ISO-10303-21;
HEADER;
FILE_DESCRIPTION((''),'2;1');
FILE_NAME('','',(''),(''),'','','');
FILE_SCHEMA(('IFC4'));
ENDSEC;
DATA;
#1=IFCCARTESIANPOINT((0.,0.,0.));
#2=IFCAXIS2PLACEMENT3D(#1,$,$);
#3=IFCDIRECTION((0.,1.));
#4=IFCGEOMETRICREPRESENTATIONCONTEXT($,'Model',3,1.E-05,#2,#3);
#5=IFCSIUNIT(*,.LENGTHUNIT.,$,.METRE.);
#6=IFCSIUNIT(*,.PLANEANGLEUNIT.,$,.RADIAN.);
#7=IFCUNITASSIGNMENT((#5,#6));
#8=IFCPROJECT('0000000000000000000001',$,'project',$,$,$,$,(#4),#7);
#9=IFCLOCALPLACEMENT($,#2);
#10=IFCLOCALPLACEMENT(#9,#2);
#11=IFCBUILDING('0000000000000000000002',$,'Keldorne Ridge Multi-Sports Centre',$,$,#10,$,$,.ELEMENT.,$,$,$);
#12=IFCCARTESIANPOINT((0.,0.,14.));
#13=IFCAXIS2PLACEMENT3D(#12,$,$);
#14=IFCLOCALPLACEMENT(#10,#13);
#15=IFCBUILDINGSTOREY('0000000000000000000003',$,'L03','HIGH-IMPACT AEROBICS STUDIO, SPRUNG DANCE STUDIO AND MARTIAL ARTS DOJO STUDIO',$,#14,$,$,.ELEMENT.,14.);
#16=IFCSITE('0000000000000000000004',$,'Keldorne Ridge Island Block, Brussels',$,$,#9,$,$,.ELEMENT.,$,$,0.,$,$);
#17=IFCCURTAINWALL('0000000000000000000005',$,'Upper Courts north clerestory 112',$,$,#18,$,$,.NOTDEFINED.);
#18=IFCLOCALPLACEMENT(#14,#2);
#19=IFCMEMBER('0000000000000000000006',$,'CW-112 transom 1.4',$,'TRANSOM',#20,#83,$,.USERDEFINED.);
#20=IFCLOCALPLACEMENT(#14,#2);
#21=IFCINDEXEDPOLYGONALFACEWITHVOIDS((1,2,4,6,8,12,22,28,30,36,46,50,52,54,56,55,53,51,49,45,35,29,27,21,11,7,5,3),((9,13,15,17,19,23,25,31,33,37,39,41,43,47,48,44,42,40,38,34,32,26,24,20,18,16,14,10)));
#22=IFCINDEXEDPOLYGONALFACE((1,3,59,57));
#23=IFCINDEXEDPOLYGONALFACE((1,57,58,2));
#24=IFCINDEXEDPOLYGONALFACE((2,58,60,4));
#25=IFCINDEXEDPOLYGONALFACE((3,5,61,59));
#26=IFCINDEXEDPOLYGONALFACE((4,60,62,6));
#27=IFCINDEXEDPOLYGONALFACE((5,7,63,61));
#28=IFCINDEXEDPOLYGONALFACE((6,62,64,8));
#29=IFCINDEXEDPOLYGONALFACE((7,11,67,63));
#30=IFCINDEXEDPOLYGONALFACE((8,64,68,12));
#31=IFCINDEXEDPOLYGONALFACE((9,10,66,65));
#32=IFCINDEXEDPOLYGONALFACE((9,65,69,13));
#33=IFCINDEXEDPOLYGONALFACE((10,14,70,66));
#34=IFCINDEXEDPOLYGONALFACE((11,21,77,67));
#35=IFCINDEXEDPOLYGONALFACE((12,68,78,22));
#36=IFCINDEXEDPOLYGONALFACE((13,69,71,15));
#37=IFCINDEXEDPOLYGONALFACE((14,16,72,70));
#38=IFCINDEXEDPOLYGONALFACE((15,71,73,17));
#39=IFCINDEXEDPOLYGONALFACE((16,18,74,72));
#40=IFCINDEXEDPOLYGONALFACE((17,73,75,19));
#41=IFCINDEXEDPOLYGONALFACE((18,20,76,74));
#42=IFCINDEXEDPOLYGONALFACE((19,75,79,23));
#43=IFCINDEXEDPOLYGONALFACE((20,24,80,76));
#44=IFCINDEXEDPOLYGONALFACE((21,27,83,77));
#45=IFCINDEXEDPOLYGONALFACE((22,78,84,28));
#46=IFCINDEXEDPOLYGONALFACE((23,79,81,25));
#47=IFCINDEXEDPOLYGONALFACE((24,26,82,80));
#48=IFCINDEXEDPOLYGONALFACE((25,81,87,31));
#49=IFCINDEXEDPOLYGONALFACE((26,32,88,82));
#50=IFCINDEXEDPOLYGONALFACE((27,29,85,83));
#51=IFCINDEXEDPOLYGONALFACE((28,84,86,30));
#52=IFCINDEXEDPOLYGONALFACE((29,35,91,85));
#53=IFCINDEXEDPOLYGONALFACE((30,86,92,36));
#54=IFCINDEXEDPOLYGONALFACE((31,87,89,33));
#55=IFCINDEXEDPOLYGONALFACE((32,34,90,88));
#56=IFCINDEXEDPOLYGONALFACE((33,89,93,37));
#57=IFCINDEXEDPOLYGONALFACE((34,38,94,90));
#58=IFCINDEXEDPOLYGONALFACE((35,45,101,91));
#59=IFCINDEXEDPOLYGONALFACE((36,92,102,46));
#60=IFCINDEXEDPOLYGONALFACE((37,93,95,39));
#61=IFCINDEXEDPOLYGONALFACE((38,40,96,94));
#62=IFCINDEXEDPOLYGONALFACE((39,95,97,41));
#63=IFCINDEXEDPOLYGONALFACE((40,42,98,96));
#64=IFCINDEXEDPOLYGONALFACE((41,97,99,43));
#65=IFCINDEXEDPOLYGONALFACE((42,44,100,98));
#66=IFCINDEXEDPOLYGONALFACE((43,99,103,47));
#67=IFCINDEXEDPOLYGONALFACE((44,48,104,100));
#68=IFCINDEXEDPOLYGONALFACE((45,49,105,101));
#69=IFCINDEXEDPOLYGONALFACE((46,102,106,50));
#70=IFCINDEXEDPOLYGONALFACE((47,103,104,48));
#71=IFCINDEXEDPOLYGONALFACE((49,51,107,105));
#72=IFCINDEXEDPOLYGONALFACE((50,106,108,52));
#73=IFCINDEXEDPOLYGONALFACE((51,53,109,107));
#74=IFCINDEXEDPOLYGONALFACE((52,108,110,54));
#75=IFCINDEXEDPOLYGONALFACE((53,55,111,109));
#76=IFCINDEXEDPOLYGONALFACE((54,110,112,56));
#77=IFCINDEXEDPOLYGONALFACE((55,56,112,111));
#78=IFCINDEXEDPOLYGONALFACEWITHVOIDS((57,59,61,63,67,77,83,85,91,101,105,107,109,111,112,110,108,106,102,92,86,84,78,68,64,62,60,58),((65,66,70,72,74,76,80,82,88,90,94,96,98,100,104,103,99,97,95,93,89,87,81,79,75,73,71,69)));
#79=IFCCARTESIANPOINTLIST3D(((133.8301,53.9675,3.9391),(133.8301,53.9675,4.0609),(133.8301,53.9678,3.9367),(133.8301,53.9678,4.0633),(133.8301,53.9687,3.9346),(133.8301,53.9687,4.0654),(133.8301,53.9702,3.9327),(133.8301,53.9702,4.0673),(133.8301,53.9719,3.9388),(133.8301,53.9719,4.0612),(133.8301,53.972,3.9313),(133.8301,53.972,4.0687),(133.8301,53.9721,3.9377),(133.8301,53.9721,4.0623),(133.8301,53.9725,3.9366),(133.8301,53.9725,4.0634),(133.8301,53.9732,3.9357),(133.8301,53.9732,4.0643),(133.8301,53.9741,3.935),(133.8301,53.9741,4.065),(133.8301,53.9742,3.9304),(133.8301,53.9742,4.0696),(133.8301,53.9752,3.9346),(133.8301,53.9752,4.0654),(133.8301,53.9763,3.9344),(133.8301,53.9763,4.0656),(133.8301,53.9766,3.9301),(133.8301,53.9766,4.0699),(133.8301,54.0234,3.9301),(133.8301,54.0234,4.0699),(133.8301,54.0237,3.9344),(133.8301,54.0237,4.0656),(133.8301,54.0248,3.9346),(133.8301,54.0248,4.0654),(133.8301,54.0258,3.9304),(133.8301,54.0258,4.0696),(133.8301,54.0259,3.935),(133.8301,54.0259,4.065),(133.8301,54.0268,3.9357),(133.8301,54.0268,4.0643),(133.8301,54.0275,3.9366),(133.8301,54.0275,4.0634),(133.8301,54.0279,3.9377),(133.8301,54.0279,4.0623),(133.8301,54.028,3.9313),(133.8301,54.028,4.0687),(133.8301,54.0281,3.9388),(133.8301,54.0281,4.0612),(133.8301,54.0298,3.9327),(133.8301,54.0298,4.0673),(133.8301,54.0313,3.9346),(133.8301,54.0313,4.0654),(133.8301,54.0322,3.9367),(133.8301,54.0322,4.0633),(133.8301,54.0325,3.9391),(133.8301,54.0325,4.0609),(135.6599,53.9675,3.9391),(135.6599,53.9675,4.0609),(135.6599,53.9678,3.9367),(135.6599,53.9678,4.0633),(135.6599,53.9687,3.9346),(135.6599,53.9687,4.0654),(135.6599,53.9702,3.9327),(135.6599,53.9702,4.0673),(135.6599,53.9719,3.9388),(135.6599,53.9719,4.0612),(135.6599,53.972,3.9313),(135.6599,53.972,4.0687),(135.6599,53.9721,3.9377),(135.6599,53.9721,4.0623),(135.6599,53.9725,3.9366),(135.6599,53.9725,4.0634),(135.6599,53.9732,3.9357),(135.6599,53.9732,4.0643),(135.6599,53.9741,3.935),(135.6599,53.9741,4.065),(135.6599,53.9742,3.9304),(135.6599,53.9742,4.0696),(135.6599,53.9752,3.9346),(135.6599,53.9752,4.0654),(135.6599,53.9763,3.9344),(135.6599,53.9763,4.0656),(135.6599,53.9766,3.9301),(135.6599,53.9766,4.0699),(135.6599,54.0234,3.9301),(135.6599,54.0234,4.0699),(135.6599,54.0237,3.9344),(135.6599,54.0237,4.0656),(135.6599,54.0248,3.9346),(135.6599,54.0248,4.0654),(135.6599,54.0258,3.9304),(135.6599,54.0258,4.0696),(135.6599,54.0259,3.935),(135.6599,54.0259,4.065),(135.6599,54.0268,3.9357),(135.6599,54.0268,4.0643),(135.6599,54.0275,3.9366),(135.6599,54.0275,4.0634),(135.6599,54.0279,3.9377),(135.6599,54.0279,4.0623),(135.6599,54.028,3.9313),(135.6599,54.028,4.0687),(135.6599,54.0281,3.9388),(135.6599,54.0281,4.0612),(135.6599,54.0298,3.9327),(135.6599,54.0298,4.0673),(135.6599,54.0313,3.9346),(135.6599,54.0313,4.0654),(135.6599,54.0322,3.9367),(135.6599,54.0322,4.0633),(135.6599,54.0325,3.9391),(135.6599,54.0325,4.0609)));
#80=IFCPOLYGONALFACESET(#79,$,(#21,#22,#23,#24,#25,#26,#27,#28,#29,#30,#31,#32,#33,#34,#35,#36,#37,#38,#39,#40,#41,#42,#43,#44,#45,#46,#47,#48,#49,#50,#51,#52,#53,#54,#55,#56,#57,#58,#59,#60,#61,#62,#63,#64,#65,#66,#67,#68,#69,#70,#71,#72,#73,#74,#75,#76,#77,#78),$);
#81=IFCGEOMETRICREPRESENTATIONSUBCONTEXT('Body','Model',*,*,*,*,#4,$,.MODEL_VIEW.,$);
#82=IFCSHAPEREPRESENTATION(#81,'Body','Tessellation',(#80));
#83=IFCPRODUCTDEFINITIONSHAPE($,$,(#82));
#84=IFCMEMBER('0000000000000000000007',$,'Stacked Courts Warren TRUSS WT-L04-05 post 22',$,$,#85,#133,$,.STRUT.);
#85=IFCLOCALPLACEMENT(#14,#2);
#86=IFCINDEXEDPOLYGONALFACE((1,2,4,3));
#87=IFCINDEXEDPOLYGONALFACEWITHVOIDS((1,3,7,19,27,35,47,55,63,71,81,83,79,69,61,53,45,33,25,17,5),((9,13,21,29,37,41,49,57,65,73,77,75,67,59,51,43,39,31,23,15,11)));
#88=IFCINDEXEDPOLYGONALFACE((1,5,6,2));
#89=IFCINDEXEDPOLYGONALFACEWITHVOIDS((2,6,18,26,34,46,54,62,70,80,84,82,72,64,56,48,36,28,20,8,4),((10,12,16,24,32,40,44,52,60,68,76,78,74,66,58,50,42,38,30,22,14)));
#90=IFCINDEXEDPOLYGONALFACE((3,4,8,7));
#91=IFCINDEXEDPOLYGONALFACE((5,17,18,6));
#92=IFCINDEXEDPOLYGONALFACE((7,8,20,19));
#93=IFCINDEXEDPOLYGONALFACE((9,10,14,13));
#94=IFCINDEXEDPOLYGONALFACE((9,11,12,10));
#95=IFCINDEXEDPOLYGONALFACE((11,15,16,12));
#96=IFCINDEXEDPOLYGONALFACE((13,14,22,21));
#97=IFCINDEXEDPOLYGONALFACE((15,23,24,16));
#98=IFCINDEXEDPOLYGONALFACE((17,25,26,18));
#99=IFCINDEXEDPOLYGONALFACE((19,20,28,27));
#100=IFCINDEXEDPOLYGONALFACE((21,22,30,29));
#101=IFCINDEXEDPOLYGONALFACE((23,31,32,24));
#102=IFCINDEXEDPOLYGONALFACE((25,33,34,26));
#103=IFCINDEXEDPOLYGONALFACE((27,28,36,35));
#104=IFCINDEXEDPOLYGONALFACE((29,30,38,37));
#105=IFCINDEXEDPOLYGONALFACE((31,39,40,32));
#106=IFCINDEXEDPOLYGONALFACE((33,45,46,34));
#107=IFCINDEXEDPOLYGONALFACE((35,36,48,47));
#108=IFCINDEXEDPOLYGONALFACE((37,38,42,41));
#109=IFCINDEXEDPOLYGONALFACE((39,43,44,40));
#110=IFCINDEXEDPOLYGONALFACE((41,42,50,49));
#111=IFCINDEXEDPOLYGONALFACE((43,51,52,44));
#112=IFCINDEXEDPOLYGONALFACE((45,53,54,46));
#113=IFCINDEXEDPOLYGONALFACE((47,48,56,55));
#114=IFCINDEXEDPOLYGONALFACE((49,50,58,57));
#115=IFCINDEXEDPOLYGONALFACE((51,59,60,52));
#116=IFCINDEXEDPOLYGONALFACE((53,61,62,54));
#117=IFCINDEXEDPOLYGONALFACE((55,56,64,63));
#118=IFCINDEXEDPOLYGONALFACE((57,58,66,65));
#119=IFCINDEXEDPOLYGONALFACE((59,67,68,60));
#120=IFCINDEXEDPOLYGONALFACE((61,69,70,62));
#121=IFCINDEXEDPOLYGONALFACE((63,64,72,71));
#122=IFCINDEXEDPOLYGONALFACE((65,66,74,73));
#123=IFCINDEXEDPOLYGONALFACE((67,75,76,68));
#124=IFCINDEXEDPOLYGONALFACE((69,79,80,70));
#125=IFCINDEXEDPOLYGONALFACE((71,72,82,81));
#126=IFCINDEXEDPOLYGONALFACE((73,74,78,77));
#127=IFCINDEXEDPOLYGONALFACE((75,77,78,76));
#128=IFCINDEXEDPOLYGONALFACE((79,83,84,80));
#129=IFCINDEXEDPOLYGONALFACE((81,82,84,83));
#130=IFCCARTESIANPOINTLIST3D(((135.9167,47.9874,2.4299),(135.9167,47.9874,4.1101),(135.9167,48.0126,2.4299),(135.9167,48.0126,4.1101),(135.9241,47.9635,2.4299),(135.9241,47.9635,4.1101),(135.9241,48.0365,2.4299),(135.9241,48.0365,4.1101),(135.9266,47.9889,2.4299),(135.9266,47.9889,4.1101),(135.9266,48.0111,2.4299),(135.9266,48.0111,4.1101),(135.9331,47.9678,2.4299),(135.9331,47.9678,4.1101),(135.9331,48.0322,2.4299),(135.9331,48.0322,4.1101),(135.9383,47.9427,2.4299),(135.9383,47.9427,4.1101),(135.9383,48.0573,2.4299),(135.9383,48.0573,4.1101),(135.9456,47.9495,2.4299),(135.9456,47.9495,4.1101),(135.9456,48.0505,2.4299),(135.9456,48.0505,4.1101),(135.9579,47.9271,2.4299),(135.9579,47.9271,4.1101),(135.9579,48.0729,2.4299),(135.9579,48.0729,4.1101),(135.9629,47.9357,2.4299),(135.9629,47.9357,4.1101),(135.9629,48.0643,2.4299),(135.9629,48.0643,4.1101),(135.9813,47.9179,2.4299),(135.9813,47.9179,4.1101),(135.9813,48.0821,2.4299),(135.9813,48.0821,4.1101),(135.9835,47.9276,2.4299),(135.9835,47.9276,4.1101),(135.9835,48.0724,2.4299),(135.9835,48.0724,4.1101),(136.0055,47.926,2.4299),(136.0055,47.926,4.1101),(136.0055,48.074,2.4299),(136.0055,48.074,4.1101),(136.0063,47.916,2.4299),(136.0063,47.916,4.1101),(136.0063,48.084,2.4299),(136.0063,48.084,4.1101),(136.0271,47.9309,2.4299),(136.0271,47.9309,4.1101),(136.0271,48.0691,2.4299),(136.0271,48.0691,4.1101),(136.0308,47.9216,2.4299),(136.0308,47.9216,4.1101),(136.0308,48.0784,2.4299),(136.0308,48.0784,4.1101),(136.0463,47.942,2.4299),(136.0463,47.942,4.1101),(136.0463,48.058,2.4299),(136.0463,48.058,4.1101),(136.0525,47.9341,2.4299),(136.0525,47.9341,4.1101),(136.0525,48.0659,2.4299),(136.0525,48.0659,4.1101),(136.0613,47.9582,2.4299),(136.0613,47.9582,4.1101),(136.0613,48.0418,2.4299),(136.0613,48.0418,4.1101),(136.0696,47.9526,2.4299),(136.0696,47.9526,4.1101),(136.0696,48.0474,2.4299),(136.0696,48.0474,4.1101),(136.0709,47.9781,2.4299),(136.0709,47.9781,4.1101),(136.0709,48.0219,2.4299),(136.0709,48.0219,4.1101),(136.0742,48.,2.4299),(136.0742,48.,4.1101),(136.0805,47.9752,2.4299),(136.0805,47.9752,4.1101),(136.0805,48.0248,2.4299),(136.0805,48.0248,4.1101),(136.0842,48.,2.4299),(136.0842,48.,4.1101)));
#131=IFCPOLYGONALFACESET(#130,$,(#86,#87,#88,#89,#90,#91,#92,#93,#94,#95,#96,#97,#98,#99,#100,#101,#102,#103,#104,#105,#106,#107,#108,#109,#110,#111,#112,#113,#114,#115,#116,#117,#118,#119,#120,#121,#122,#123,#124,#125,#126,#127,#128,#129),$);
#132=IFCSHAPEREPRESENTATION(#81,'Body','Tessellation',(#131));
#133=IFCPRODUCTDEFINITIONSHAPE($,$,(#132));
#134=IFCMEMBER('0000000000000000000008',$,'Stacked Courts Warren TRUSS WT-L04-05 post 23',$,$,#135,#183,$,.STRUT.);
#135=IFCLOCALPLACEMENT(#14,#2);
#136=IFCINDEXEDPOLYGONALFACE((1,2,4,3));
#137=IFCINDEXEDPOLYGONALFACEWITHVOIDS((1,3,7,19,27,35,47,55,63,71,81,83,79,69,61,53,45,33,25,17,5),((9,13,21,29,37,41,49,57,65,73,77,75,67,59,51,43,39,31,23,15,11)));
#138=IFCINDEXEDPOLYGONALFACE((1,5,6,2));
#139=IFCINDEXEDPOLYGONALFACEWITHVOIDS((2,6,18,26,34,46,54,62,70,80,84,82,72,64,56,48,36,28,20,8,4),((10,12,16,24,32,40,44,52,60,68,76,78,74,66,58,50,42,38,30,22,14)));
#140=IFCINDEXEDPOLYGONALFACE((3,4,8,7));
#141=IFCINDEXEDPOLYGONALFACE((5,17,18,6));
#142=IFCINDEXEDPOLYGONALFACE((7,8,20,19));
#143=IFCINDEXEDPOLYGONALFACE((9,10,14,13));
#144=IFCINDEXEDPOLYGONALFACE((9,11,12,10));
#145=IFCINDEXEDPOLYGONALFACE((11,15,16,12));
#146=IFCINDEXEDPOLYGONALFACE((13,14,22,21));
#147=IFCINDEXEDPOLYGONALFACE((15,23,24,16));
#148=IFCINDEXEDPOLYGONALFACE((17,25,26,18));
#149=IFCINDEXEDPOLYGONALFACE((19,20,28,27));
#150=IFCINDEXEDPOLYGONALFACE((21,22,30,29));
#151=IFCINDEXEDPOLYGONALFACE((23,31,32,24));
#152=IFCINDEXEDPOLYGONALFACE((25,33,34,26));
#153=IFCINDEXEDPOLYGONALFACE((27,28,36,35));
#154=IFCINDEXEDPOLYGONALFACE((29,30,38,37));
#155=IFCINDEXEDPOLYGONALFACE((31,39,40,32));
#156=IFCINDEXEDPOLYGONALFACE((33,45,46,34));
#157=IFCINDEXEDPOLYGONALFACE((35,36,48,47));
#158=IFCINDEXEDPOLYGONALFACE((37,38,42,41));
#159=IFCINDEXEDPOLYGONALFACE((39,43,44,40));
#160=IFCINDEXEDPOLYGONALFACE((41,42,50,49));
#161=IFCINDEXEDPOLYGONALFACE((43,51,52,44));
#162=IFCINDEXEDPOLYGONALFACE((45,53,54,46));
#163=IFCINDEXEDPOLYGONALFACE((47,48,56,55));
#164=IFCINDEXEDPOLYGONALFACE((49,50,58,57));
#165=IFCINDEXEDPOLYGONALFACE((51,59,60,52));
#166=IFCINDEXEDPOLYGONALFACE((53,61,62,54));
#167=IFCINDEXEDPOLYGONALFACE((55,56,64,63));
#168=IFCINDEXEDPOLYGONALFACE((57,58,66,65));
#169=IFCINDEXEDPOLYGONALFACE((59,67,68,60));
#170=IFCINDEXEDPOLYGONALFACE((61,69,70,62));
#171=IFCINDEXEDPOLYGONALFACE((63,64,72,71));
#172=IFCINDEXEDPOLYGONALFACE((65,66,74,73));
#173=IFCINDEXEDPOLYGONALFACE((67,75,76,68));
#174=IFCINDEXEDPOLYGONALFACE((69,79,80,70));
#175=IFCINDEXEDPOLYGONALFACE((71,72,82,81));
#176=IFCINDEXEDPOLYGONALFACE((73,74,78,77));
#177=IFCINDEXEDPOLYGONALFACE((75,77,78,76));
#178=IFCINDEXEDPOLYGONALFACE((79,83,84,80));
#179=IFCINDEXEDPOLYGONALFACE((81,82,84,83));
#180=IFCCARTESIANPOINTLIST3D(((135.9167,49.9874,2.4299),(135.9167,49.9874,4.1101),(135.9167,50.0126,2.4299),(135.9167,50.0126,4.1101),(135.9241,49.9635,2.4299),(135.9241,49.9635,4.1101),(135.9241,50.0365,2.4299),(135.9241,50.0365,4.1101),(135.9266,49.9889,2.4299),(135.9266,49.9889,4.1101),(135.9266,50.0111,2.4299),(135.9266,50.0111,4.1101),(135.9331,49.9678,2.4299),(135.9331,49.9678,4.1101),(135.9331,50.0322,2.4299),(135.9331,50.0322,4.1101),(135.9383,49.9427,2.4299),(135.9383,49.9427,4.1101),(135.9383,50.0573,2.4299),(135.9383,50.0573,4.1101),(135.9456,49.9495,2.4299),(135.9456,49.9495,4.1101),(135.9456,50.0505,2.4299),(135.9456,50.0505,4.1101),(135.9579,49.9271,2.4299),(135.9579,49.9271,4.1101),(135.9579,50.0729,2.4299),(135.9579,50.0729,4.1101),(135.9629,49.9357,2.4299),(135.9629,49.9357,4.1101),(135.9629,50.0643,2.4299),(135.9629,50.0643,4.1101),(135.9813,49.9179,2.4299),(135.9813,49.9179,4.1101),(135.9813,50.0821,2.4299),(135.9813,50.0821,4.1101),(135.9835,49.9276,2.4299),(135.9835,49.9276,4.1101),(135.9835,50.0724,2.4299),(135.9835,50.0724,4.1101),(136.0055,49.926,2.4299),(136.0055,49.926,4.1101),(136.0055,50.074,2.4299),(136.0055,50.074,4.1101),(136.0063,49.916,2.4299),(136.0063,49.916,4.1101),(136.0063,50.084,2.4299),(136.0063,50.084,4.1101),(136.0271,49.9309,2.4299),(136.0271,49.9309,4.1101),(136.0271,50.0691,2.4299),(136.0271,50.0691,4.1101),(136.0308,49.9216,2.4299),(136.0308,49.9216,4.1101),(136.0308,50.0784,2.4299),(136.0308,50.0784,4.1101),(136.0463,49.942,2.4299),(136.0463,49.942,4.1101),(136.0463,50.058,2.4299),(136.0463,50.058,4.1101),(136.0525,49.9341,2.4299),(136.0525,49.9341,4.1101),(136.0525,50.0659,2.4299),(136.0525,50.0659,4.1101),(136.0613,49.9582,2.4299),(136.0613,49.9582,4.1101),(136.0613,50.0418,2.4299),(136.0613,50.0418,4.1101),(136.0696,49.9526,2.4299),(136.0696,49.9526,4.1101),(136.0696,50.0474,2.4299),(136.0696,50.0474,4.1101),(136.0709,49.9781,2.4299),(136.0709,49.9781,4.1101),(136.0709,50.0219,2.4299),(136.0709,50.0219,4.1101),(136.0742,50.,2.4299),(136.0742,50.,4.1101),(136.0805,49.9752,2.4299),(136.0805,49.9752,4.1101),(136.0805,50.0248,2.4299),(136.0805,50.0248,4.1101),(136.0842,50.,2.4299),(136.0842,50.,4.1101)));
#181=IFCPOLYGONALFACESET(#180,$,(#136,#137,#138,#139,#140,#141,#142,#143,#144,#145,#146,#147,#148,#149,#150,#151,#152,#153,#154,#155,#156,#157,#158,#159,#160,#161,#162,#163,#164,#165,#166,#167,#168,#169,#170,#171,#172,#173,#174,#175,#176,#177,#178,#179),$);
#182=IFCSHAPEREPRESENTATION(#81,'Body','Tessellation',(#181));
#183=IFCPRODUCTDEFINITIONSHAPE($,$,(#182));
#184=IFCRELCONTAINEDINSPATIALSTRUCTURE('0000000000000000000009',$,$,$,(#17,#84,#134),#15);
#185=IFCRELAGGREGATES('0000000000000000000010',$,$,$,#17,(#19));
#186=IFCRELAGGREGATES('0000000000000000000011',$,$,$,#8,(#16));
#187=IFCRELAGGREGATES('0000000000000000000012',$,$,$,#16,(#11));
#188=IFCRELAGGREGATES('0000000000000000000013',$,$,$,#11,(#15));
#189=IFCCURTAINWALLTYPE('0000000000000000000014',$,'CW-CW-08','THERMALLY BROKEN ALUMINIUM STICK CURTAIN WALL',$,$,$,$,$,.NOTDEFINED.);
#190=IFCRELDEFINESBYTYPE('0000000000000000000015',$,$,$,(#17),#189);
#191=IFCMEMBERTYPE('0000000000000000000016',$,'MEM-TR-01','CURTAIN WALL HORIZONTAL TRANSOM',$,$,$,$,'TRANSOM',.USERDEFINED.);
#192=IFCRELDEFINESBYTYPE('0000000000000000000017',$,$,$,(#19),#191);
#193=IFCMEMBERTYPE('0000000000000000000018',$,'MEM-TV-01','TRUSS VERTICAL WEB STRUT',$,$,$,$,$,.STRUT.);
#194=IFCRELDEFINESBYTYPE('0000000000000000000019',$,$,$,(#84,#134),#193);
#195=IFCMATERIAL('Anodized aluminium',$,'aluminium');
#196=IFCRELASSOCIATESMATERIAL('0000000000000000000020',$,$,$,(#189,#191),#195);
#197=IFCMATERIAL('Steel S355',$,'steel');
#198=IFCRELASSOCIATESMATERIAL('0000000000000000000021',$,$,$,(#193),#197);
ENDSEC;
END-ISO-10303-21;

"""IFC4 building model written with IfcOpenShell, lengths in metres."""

from ifc_helpers import new_model, si_unit, direction, frame, origin, origin_2d, place, context, subcontext, project, spatial, hollow_rectangle, hollow_circle, extrude, material, material_profile, profile_set, type_object, element, aggregate, save


model = new_model("IFC4")

# Units and contexts
model_context = context("Model", 3, precision=1e-05, world=origin(), true_north=direction((0.0, 1.0)))
body_context = subcontext(model_context, "Body", "Model", "MODEL_VIEW")
ifc_project = project(units=[si_unit("LENGTHUNIT", "METRE"), si_unit("PLANEANGLEUNIT", "RADIAN")], contexts=[model_context])

# Site, building, storey
site_placement = place(None, origin())
site = spatial("IfcSite", under=ifc_project, at=site_placement, Name="Keldorne Ridge Island Block, Brussels", CompositionType="ELEMENT", RefElevation=0.0)
building_placement = place(site_placement, origin())
building = spatial("IfcBuilding", under=site, at=building_placement, Name="Keldorne Ridge Multi-Sports Centre", CompositionType="ELEMENT")
storey_placement = place(building_placement, frame((0.0, 0.0, 14.0)))
storey = spatial("IfcBuildingStorey", under=building, at=storey_placement, Name="L03", Description="HIGH-IMPACT AEROBICS STUDIO, SPRUNG DANCE STUDIO AND MARTIAL ARTS DOJO STUDIO", CompositionType="ELEMENT", Elevation=14.0)

# Shared definitions
ifc_material_1 = material(Name="Steel S355", Category="steel")

# Curtain wall, member
ifc_material_2 = material(Name="Anodized aluminium", Category="aluminium")
curtain_wall_type = type_object("IfcCurtainWallType", Name="CW-CW-08", Description="THERMALLY BROKEN ALUMINIUM STICK CURTAIN WALL", PredefinedType="NOTDEFINED", material=ifc_material_2)
curtain_wall_placement = place(storey_placement, origin())
curtain_wall = element("IfcCurtainWall", 1, at=curtain_wall_placement, inside=storey, type_object=curtain_wall_type, Name="Upper Courts north clerestory 112", PredefinedType="NOTDEFINED")
ifc_material_profile_1 = material_profile(ifc_material_2, hollow_rectangle(XDim=0.0649, YDim=0.1399, WallThickness=0.0044, InnerFilletRadius=0.0044, OuterFilletRadius=0.009, at=origin_2d()), Name="ALU TRANSOM 140x65x4.5")
ifc_profile_set_1 = profile_set([ifc_material_profile_1], Name="Anodized aluminium")
member_type_1 = type_object("IfcMemberType", Name="MEM-TR-01", Description="CURTAIN WALL HORIZONTAL TRANSOM", ElementType="TRANSOM", PredefinedType="USERDEFINED", material=ifc_profile_set_1)
member_placement = place(storey_placement, frame((135.6599, 54.0, 4.0), z_axis=(-1.0, 0.0, 0.0), x_axis=(0.0, -1.0, 0.0)))
member = element("IfcMember", 2, at=member_placement, type_object=member_type_1, Name="CW-112 transom 1.4", ObjectType="TRANSOM", PredefinedType="USERDEFINED", context=body_context, shape_type="SweptSolid", body=[
    extrude(hollow_rectangle(XDim=0.0649, YDim=0.1399, WallThickness=0.0044, InnerFilletRadius=0.0044, OuterFilletRadius=0.009, at=origin_2d()), origin(), (0.0, 0.0, 1.0), 1.8298),
])
aggregate(curtain_wall, [member])

# Members
ifc_material_profile_2 = material_profile(ifc_material_1, hollow_circle(Radius=0.0842, WallThickness=0.01, at=origin_2d()), Name="CHS 168.3x10")
ifc_profile_set_2 = profile_set([ifc_material_profile_2], Name="Steel S355")
member_type_2 = type_object("IfcMemberType", Name="MEM-TV-01", Description="TRUSS VERTICAL WEB STRUT", PredefinedType="STRUT", material=ifc_profile_set_2)
for number, where, z_axis, x_axis, name in (
    (3, (136.0, 48.0, 2.4299), (0.0, 0.0, 1.0), (1.0, 0.0, 0.0), "Stacked Courts Warren TRUSS WT-L04-05 post 22"),
    (4, (136.0, 50.0, 2.4299), (0.0, 0.0, 1.0), (1.0, 0.0, 0.0), "Stacked Courts Warren TRUSS WT-L04-05 post 23"),
):
    element("IfcMember", number, at=place(storey_placement, frame(where, z_axis=z_axis, x_axis=x_axis)), inside=storey, type_object=member_type_2, Name=name, PredefinedType="STRUT", context=body_context, shape_type="SweptSolid", body=[
        extrude(hollow_circle(Radius=0.0842, WallThickness=0.01, at=origin_2d()), origin(), (0.0, 0.0, 1.0), 1.6802),
    ])

save(model, "model.ifc")
